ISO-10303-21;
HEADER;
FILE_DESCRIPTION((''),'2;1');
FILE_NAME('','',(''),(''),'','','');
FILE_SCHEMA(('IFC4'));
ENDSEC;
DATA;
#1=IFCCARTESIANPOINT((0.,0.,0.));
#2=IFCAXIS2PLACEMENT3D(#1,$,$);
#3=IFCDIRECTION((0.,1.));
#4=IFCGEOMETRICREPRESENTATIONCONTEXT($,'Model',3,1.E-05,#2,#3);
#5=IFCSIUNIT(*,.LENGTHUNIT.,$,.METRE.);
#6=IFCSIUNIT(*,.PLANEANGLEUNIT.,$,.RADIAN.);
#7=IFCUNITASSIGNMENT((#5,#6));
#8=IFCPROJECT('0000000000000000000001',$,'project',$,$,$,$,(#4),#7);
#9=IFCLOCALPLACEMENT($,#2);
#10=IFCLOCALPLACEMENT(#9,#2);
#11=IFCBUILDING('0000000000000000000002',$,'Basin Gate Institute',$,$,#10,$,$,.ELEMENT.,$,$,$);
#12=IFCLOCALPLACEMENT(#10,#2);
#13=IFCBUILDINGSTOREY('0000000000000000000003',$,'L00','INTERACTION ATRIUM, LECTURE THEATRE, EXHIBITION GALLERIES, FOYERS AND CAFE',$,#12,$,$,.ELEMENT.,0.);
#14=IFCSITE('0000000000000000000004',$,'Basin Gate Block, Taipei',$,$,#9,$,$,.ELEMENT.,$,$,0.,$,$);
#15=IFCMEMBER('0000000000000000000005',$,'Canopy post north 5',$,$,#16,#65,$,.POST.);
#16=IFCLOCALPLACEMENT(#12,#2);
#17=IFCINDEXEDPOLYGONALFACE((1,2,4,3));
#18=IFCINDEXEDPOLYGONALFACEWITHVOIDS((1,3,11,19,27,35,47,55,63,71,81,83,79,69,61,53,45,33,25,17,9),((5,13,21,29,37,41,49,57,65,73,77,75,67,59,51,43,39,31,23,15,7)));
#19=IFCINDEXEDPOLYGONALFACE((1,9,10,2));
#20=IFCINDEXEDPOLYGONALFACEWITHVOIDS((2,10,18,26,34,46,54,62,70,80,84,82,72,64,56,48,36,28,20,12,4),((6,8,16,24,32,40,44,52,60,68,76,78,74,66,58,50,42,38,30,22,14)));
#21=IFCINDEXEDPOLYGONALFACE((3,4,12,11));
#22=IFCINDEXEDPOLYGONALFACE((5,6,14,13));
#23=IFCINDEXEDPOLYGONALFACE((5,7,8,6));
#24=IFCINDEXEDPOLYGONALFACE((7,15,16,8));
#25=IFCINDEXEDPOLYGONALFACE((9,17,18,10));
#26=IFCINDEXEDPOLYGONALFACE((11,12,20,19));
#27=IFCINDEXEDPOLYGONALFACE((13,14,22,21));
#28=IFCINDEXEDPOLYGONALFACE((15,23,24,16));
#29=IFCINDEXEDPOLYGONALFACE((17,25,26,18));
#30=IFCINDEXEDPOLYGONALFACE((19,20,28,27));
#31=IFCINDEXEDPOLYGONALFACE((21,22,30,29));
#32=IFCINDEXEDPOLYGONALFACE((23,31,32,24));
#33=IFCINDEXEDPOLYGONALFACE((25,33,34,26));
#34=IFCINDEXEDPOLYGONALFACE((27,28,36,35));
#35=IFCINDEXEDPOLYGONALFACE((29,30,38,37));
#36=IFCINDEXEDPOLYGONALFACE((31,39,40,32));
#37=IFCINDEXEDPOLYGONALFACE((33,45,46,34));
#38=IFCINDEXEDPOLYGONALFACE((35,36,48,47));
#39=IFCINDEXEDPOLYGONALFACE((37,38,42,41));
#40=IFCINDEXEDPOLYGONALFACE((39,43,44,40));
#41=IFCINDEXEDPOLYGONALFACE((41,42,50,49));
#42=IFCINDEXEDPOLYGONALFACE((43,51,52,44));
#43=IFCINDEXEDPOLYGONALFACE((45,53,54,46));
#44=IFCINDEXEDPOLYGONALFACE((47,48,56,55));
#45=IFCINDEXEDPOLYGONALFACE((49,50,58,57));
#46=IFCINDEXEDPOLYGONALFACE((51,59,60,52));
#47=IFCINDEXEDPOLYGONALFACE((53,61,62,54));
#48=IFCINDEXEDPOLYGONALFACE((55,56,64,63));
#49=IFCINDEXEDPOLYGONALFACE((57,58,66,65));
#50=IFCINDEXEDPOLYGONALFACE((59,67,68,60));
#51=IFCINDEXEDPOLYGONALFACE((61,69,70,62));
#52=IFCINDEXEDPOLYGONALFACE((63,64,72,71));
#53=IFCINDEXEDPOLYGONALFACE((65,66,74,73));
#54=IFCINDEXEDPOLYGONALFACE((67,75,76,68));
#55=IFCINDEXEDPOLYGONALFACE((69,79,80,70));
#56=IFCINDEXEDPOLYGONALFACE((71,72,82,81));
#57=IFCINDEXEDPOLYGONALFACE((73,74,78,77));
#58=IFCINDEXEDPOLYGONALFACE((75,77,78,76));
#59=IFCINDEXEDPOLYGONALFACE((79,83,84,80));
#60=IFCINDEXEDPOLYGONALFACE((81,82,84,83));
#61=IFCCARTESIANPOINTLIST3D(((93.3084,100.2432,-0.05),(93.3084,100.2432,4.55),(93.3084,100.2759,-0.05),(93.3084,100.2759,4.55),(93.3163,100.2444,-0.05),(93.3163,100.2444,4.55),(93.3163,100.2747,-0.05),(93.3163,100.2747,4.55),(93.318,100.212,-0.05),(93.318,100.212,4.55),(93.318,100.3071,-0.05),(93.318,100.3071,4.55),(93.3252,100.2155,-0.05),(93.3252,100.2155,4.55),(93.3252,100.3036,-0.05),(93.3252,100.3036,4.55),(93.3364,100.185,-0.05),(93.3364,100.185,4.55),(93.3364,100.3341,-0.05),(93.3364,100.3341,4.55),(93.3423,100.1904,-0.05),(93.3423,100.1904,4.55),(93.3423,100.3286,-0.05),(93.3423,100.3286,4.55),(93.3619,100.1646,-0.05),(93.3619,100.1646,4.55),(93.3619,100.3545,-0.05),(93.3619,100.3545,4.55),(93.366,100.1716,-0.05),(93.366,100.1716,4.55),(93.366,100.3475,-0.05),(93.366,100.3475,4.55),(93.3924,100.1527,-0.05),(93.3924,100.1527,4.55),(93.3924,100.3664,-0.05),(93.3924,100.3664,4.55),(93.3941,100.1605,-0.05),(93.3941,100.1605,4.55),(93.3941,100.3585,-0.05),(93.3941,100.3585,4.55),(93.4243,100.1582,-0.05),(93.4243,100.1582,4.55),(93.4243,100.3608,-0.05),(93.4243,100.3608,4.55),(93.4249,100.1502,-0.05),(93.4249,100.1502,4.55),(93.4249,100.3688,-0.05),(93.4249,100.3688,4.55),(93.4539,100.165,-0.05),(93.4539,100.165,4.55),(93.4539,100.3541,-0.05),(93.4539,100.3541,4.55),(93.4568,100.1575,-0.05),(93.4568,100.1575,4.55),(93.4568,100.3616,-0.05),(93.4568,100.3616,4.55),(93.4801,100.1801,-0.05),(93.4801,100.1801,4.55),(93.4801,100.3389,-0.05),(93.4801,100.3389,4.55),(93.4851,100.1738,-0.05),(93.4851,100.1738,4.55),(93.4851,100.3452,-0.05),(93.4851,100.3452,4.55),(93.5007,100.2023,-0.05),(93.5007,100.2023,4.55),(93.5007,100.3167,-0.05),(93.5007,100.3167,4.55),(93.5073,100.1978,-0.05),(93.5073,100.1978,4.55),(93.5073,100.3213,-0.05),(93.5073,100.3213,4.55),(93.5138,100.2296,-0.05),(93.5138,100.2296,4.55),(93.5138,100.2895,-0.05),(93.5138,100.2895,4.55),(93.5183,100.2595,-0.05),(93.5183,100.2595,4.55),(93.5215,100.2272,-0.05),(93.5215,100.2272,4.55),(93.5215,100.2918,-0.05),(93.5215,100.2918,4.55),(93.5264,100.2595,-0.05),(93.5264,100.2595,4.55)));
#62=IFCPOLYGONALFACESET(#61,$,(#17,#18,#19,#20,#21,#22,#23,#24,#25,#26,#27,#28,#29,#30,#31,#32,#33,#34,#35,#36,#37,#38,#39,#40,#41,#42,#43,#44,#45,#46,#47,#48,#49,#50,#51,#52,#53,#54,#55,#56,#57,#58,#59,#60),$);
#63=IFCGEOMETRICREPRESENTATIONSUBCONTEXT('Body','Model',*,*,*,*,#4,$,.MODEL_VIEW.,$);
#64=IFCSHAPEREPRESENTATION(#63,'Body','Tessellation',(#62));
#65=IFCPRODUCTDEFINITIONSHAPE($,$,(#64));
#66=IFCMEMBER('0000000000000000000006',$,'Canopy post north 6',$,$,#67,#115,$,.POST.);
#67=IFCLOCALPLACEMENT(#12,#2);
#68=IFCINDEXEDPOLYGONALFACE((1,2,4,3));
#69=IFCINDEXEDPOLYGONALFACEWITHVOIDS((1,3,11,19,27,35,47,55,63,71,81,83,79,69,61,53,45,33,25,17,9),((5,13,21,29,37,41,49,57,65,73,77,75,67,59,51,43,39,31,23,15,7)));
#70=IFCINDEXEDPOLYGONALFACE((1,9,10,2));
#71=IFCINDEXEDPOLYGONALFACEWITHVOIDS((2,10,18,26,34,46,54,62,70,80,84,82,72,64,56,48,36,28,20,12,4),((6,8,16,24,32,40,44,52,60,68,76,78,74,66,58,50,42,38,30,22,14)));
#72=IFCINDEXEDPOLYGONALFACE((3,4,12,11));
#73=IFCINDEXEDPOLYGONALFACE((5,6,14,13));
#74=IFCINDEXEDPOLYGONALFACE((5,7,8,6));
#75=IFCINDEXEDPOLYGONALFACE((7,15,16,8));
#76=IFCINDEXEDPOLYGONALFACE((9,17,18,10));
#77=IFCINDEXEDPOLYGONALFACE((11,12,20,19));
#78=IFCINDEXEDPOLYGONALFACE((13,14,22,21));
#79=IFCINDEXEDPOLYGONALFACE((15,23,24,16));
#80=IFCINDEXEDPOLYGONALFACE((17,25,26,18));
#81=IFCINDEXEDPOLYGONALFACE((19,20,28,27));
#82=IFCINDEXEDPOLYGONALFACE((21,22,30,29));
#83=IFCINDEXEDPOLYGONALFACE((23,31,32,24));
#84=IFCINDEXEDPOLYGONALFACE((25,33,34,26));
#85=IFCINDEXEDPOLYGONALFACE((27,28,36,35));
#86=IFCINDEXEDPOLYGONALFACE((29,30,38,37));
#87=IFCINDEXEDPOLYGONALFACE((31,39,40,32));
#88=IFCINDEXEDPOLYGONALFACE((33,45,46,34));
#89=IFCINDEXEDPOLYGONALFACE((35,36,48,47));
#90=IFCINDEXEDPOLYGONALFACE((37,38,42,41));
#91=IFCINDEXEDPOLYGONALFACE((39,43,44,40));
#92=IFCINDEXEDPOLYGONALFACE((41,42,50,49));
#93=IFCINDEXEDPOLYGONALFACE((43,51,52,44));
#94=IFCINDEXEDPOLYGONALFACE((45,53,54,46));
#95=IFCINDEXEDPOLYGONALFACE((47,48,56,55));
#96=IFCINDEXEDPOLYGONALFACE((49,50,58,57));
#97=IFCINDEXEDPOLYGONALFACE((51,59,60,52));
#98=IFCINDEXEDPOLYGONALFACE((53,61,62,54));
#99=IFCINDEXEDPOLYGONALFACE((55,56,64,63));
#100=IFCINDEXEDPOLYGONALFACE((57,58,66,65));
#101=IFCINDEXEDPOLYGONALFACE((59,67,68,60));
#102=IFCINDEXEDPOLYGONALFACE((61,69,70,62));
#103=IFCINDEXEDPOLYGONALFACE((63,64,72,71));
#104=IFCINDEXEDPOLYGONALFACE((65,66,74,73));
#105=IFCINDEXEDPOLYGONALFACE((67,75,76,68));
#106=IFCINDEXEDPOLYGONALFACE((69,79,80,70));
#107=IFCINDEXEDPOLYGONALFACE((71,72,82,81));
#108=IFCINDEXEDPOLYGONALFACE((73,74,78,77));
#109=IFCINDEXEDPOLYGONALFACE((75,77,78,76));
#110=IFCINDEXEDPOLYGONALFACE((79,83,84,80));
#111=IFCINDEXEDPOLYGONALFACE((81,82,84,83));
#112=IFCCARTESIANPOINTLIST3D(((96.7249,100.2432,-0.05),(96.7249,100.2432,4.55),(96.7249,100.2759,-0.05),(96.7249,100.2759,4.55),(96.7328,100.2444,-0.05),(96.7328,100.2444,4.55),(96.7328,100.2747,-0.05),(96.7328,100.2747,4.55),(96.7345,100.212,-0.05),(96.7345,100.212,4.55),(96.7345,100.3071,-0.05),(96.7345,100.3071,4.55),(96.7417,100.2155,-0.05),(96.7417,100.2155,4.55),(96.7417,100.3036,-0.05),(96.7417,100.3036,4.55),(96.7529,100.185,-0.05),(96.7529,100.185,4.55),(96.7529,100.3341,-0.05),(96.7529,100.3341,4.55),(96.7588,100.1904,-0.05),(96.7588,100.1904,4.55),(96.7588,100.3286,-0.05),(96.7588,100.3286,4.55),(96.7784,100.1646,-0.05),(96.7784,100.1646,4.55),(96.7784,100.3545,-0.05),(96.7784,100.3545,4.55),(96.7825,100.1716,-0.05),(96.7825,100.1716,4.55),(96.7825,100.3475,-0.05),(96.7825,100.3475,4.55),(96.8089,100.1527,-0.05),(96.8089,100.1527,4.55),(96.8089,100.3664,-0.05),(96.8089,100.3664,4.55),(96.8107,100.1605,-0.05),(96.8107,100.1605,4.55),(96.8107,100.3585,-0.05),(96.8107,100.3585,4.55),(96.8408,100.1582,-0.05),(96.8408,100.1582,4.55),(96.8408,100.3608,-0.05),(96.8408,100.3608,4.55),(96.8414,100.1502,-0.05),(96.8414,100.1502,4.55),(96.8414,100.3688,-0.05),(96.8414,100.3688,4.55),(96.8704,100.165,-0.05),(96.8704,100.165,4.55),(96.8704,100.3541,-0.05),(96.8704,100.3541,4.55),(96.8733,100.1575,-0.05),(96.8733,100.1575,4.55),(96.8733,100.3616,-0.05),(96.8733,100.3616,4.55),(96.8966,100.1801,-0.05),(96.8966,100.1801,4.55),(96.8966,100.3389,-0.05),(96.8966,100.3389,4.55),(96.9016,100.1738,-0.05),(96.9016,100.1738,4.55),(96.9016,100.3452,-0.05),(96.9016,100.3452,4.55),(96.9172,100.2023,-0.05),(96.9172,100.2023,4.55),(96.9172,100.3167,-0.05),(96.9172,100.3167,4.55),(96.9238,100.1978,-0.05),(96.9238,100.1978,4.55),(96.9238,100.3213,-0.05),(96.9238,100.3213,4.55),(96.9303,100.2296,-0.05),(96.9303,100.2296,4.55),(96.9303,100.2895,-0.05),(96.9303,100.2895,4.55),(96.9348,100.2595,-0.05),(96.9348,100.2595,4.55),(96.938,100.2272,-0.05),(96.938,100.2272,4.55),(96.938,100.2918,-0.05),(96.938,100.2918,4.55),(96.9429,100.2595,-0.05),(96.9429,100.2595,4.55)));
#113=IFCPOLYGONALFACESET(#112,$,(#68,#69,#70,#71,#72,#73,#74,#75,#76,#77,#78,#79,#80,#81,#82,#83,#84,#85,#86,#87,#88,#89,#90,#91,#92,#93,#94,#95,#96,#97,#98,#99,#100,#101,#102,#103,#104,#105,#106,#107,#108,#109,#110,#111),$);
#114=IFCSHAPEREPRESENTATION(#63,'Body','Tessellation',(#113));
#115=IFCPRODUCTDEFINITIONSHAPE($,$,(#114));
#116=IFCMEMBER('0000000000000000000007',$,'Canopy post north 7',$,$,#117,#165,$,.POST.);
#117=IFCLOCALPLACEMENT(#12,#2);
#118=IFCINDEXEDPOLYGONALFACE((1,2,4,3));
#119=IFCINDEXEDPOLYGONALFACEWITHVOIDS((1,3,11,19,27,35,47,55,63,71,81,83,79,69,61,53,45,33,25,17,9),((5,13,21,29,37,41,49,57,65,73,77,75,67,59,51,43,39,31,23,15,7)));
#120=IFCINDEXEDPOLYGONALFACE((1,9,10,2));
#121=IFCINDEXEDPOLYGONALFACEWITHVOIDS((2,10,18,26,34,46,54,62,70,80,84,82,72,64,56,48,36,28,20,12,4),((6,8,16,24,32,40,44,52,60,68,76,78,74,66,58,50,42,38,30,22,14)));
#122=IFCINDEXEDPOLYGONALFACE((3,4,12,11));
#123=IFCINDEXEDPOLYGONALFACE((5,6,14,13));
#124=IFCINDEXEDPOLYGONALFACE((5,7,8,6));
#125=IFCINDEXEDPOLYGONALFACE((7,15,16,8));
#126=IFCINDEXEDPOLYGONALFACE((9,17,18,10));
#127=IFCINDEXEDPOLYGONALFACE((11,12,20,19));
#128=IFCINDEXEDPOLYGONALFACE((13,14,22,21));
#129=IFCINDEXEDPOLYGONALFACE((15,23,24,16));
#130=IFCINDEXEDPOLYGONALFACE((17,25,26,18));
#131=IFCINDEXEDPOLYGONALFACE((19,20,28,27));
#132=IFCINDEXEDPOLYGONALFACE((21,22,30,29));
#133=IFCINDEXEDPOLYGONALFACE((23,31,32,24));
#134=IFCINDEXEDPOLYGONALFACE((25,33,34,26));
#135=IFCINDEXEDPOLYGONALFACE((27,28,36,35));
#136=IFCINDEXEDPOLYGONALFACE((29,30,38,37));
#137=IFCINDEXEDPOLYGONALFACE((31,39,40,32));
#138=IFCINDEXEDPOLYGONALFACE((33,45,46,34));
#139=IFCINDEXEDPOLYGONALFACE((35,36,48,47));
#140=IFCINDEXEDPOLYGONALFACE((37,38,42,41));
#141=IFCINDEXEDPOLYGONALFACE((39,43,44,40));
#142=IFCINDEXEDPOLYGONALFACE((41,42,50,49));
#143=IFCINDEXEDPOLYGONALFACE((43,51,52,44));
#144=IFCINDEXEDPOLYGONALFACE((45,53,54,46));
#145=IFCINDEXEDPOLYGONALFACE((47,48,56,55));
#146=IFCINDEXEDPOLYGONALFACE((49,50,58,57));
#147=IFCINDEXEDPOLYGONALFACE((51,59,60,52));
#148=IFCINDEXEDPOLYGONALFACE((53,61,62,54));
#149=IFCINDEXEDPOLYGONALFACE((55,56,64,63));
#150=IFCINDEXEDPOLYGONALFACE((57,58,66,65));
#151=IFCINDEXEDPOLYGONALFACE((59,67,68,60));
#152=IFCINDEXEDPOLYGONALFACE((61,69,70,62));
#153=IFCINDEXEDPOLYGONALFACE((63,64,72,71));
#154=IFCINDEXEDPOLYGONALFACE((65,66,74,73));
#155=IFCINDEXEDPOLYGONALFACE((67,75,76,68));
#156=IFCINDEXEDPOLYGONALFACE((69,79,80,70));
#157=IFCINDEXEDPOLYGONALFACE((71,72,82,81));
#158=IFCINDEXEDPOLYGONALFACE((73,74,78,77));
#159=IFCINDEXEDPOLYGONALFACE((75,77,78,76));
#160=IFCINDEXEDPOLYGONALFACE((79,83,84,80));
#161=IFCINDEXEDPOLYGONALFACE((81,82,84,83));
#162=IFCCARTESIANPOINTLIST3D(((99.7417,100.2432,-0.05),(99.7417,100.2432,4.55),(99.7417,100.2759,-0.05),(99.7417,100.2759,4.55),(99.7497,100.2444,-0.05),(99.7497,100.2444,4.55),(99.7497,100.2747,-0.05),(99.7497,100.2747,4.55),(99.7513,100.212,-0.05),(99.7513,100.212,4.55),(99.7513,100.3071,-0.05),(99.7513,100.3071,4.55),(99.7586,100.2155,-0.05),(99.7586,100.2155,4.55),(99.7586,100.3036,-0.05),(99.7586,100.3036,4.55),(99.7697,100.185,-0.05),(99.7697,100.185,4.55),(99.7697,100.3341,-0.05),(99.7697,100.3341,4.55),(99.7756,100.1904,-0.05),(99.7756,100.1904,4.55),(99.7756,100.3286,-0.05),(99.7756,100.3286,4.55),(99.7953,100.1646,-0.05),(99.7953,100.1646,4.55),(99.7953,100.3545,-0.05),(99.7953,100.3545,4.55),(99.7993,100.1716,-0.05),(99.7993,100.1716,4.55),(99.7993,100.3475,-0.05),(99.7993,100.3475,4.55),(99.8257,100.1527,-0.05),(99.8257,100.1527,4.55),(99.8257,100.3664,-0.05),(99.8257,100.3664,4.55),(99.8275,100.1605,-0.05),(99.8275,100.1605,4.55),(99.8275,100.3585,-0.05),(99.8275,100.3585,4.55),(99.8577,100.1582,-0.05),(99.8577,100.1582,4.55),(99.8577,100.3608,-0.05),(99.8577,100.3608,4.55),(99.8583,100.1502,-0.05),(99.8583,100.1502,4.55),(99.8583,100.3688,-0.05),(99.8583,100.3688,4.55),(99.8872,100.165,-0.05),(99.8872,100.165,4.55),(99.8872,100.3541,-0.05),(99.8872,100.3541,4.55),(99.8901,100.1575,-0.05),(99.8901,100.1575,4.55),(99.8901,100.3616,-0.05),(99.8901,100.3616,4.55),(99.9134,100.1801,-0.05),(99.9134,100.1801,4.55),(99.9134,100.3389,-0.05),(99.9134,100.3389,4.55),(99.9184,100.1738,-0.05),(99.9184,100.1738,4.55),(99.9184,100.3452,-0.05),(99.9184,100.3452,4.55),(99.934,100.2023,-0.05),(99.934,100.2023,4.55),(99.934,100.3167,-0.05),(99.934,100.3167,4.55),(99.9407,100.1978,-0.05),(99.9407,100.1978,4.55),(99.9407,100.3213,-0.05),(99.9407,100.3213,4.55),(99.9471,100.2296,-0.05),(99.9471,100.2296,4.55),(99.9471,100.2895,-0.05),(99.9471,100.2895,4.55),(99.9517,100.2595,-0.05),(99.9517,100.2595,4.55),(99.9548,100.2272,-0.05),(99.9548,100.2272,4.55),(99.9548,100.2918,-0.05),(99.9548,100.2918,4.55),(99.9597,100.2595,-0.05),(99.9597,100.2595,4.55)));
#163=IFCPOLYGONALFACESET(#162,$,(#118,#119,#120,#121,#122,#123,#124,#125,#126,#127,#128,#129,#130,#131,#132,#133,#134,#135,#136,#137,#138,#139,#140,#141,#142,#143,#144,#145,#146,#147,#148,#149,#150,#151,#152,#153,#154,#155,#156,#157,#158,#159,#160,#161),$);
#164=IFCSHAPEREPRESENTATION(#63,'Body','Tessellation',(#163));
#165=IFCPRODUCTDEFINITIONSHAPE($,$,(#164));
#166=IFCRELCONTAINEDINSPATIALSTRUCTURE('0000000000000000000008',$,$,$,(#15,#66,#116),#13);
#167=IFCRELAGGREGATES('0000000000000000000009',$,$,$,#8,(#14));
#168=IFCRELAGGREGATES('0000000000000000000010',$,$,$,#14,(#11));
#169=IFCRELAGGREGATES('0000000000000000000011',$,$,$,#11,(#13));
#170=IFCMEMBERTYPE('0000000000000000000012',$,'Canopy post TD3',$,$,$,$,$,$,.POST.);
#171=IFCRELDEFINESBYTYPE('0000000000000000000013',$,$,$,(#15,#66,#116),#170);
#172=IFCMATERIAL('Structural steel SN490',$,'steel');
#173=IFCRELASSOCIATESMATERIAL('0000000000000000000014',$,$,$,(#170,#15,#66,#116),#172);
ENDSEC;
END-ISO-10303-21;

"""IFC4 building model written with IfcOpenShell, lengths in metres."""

from ifc_helpers import new_model, si_unit, direction, frame, origin, origin_2d, place, context, subcontext, project, spatial, hollow_circle, extrude, material, material_profile, profile_set, type_object, element, save


model = new_model("IFC4")

# Units and contexts
model_context = context("Model", 3, precision=1e-05, world=origin(), true_north=direction((0.0, 1.0)))
body_context = subcontext(model_context, "Body", "Model", "MODEL_VIEW")
ifc_project = project(units=[si_unit("LENGTHUNIT", "METRE"), si_unit("PLANEANGLEUNIT", "RADIAN")], contexts=[model_context])

# Site, building, storey
site_placement = place(None, origin())
site = spatial("IfcSite", under=ifc_project, at=site_placement, Name="Basin Gate Block, Taipei", CompositionType="ELEMENT", RefElevation=0.0)
building_placement = place(site_placement, origin())
building = spatial("IfcBuilding", under=site, at=building_placement, Name="Basin Gate Institute", CompositionType="ELEMENT")
storey_placement = place(building_placement, origin())
storey = spatial("IfcBuildingStorey", under=building, at=storey_placement, Name="L00", Description="INTERACTION ATRIUM, LECTURE THEATRE, EXHIBITION GALLERIES, FOYERS AND CAFE", CompositionType="ELEMENT", Elevation=0.0)

# Members
ifc_material_1 = material(Name="Structural steel SN490", Category="steel")
ifc_material_profile_1 = material_profile(ifc_material_1, hollow_circle(Radius=0.1096, WallThickness=0.0081, at=origin_2d()), Name="CHS219x8")
ifc_profile_set_1 = profile_set([ifc_material_profile_1], Name="Structural steel SN490")
member_type_1 = type_object("IfcMemberType", Name="Canopy post TD3", PredefinedType="POST", material=ifc_profile_set_1)
for number, where, z_axis, x_axis, name in (
    (1, (93.4167, 100.2595, -0.05), (0.0, 0.0, 1.0), (1.0, 0.0, 0.0), "Canopy post north 5"),
    (2, (96.8333, 100.2595, -0.05), (0.0, 0.0, 1.0), (1.0, 0.0, 0.0), "Canopy post north 6"),
    (3, (99.8501, 100.2595, -0.05), (0.0, 0.0, 1.0), (1.0, 0.0, 0.0), "Canopy post north 7"),
):
    element("IfcMember", number, at=place(storey_placement, frame(where, z_axis=z_axis, x_axis=x_axis)), inside=storey, type_object=member_type_1, material=ifc_profile_set_1, Name=name, PredefinedType="POST", context=body_context, shape_type="SweptSolid", body=[
        extrude(hollow_circle(Radius=0.1096, WallThickness=0.0081, at=origin_2d()), origin(), (0.0, 0.0, 1.0), 4.6001),
    ])

save(model, "model.ifc")
